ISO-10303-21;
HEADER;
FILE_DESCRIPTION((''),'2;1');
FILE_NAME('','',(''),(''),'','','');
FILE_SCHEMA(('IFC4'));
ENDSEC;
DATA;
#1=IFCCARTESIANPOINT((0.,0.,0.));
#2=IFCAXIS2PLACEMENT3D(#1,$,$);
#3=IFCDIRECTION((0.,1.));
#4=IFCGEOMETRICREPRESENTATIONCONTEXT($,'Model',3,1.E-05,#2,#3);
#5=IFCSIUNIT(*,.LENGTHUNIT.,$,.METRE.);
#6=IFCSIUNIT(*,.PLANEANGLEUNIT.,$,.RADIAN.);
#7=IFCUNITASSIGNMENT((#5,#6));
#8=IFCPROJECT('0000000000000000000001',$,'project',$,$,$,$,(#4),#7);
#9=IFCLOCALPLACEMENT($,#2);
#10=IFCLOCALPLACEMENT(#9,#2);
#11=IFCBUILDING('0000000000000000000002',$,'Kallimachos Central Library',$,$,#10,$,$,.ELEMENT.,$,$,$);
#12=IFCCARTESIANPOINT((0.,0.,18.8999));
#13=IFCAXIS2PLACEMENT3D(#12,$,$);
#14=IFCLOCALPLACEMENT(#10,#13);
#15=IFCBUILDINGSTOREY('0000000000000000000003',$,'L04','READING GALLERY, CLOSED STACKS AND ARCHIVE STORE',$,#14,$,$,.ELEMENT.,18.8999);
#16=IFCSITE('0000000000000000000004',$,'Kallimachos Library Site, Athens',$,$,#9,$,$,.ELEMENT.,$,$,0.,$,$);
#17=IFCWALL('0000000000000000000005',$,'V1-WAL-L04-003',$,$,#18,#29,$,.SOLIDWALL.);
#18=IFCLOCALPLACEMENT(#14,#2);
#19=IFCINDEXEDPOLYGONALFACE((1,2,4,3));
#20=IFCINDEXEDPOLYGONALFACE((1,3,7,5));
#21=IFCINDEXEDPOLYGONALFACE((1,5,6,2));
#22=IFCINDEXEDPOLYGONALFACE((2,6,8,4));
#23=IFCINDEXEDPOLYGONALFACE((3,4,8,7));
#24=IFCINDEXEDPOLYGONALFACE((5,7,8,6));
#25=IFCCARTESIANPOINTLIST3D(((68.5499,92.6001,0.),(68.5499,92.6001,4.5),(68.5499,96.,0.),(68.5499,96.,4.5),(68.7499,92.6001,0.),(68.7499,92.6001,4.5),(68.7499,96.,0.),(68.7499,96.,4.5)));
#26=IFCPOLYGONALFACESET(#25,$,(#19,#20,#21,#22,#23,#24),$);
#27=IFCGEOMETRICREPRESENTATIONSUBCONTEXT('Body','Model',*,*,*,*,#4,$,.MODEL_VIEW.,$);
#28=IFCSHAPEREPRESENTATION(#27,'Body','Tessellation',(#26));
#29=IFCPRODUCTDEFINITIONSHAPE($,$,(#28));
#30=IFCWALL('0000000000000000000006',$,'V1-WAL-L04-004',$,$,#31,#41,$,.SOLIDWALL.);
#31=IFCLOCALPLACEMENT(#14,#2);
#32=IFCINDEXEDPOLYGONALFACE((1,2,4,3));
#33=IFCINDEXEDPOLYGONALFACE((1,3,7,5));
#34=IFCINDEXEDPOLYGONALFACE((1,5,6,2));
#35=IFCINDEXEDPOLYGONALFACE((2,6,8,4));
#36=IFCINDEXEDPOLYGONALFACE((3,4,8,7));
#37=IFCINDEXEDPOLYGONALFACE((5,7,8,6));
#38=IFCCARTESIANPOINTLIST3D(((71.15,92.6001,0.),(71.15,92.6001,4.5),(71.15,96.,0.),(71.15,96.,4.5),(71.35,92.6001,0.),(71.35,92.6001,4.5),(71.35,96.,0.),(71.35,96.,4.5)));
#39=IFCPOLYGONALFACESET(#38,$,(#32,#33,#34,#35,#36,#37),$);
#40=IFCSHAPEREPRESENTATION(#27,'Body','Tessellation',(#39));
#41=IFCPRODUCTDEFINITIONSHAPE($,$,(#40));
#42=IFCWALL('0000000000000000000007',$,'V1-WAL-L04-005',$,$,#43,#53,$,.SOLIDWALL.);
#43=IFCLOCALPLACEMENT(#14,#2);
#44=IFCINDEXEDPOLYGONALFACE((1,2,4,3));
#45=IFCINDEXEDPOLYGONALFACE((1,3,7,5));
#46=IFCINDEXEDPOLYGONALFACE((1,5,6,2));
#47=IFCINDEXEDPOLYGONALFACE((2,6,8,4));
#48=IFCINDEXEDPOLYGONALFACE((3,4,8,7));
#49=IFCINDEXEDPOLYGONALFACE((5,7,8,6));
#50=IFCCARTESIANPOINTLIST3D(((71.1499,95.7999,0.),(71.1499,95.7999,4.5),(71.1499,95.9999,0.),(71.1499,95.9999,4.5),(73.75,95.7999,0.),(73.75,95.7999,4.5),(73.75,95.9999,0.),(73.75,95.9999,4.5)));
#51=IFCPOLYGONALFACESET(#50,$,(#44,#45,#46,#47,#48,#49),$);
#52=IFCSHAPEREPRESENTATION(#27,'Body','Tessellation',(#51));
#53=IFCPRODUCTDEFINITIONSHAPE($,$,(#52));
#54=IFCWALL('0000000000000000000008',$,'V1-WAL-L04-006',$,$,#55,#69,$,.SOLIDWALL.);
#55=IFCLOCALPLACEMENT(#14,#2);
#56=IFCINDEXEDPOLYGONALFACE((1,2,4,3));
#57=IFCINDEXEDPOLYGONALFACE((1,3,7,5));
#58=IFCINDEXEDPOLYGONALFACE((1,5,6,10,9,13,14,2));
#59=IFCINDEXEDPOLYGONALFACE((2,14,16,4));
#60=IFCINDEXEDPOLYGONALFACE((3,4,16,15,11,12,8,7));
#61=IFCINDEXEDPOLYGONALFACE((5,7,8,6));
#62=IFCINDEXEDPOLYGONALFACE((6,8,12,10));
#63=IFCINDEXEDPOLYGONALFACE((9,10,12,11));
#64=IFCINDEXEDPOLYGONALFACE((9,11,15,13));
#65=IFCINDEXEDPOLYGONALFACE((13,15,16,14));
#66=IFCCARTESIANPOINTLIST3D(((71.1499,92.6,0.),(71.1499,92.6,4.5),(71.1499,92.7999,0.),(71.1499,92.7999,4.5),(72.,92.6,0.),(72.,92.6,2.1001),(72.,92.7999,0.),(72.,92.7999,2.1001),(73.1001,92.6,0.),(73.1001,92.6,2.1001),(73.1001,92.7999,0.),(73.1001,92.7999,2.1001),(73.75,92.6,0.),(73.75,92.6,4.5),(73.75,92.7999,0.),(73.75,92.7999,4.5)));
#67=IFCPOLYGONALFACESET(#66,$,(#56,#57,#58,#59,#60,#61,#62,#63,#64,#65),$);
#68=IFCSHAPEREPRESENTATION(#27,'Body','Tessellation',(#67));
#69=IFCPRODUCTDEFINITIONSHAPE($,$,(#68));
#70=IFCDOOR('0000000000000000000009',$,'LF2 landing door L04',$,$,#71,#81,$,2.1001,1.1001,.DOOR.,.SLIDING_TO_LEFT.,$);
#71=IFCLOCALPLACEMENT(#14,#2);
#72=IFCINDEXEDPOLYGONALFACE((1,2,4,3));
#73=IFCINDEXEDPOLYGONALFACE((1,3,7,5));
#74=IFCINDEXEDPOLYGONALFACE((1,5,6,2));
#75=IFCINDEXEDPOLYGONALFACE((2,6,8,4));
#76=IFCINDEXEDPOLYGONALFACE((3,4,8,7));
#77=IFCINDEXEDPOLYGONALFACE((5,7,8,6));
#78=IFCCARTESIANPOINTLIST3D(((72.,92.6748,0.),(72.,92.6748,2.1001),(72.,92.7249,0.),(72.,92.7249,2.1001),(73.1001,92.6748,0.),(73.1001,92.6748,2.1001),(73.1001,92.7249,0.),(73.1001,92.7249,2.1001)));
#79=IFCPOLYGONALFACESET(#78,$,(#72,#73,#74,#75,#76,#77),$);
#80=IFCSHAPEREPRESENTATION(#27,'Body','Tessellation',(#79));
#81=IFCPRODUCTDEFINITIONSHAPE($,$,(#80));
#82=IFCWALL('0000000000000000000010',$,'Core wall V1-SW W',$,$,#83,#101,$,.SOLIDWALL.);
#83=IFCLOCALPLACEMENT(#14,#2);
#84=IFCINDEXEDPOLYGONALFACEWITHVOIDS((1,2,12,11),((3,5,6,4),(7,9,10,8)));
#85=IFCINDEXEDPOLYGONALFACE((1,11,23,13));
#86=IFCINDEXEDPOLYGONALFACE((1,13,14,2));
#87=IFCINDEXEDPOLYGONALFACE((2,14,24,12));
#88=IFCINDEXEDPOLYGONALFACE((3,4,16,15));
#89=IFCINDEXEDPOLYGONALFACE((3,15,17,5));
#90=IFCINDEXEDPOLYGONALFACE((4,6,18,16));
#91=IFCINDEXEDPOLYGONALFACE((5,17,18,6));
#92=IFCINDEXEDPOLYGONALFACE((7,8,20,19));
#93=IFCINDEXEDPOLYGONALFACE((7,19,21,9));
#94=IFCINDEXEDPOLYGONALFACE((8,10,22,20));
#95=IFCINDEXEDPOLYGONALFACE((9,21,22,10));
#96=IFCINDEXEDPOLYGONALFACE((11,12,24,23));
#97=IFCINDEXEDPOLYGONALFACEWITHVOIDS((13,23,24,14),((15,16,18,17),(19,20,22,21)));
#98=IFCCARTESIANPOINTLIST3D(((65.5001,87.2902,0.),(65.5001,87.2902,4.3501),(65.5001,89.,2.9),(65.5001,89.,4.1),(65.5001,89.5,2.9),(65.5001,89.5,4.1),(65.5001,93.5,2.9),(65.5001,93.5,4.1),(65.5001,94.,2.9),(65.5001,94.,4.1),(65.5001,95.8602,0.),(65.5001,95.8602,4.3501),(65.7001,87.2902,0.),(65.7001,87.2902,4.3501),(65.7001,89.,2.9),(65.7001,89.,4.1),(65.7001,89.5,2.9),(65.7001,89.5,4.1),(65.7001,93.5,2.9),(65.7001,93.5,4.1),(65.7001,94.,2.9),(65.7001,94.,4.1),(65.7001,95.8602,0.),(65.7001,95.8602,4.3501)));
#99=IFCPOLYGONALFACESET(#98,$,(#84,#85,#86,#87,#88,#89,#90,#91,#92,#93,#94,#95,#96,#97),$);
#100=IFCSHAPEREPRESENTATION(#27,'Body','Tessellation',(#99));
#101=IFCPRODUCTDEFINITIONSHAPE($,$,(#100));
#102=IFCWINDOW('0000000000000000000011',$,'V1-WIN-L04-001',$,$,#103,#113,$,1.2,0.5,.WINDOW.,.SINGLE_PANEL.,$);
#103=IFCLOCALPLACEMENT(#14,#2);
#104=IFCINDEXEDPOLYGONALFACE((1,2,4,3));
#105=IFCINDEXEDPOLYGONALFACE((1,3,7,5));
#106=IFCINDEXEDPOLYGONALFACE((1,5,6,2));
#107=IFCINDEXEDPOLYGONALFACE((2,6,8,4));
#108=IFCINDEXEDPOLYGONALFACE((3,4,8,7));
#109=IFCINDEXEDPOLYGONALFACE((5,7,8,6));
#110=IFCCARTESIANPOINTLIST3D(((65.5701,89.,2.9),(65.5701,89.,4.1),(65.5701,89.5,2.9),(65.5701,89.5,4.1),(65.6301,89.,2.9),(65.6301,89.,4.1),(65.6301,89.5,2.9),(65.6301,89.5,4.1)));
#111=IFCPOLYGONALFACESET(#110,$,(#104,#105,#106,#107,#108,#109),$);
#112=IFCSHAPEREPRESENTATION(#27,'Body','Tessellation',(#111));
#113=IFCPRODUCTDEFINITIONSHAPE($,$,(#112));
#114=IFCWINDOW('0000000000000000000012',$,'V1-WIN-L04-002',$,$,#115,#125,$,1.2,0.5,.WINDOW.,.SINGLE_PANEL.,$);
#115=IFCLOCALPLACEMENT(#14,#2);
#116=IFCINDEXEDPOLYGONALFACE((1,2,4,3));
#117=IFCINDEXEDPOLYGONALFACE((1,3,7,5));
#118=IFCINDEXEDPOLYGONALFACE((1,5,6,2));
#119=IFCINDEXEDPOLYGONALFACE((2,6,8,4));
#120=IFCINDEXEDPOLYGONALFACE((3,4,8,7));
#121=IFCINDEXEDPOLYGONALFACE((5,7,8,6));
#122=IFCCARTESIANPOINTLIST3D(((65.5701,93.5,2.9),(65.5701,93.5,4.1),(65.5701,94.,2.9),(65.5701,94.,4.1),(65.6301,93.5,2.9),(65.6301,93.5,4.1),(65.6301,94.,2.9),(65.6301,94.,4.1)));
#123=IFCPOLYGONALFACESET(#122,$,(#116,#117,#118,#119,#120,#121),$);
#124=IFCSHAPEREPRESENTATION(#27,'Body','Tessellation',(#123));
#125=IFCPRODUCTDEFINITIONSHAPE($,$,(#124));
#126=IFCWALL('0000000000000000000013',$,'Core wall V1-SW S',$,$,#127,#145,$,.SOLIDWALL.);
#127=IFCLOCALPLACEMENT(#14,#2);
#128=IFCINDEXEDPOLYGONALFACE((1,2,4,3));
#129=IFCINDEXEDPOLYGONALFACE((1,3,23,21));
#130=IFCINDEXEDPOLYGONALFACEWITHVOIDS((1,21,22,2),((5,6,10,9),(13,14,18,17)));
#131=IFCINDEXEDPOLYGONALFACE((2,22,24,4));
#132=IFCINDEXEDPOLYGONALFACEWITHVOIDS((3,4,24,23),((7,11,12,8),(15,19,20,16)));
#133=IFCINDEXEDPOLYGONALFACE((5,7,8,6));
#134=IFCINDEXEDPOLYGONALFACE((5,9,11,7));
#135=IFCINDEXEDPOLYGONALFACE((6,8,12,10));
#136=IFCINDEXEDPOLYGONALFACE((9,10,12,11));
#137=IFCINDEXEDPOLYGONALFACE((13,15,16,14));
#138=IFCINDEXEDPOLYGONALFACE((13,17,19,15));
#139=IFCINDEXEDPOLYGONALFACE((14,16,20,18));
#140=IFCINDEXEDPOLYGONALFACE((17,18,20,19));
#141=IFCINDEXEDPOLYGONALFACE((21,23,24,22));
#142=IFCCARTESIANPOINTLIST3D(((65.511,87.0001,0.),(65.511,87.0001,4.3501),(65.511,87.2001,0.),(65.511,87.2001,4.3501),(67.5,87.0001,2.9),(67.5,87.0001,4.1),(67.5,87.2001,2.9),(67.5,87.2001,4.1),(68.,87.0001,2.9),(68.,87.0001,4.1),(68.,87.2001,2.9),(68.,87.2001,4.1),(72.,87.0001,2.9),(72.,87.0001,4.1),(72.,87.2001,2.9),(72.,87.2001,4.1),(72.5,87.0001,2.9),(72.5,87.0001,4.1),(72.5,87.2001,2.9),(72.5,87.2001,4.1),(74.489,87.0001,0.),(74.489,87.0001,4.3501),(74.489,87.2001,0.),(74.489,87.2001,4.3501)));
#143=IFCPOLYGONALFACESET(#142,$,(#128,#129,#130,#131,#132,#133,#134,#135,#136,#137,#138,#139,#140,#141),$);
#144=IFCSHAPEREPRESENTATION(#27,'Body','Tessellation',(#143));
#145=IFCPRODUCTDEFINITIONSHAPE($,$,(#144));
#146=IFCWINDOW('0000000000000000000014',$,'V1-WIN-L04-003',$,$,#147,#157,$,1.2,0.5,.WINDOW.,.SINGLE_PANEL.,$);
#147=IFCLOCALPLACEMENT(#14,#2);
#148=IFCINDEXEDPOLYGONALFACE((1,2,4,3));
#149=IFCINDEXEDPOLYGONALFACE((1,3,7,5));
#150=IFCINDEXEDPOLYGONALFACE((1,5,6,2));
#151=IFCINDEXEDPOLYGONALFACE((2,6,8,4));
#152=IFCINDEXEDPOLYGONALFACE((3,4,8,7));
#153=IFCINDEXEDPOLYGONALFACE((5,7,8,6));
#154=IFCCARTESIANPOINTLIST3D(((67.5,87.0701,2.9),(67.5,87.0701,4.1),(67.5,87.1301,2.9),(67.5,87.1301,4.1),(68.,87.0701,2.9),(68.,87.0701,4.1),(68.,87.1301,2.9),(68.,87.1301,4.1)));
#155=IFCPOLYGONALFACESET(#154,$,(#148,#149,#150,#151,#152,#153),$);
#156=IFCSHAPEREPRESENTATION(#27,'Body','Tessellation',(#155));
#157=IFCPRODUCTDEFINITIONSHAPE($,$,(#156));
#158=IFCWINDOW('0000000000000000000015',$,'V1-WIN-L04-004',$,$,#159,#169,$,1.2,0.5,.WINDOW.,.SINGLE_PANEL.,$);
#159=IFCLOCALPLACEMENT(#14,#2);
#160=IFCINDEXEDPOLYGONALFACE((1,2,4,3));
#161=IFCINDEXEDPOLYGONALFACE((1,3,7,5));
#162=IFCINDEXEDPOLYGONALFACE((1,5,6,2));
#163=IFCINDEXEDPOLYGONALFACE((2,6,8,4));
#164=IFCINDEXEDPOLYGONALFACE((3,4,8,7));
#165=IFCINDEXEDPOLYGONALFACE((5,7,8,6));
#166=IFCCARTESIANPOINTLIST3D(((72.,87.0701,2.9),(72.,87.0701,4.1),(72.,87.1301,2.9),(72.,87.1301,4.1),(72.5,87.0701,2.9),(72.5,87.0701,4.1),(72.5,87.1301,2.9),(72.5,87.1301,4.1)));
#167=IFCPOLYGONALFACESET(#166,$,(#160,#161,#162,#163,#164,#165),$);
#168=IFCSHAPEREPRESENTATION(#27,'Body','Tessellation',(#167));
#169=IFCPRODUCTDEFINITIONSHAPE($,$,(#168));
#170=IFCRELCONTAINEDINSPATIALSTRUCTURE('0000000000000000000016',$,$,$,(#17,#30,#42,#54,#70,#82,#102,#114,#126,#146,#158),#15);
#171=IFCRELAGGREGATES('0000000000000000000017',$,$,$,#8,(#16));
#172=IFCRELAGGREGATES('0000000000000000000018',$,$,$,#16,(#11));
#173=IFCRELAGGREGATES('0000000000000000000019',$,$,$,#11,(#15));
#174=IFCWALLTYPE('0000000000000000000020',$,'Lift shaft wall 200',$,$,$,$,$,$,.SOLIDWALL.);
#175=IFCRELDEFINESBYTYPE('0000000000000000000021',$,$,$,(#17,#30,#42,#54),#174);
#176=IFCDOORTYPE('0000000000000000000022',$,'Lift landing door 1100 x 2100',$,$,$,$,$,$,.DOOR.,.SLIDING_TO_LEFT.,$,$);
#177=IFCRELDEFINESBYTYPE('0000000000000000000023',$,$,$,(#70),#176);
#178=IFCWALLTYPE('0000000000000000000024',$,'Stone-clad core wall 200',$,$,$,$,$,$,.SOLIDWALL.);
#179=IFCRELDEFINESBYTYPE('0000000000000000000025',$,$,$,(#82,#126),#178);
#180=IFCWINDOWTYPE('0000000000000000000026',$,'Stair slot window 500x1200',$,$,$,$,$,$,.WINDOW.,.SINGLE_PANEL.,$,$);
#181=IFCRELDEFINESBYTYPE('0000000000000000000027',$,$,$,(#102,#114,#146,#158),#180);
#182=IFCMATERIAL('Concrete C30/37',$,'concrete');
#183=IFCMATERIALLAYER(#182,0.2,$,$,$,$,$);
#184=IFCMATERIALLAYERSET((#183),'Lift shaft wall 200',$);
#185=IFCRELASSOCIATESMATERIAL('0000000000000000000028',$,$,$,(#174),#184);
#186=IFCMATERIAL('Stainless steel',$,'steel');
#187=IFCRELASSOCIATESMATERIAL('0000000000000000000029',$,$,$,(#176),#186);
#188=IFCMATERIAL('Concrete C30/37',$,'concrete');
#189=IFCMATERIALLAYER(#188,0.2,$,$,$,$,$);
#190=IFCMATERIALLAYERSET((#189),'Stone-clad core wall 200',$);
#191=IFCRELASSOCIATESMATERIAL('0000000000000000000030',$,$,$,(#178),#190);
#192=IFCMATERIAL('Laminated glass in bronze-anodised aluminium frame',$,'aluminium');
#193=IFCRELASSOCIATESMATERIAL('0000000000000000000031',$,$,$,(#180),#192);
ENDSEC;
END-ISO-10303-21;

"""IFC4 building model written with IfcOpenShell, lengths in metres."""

from ifc_helpers import new_model, si_unit, direction, frame, frame_2d, origin, place, context, subcontext, project, spatial, rectangle, extrude, material, layer, layer_set, type_object, element, fill, save


model = new_model("IFC4")

# Units and contexts
model_context = context("Model", 3, precision=1e-05, world=origin(), true_north=direction((0.0, 1.0)))
body_context = subcontext(model_context, "Body", "Model", "MODEL_VIEW")
ifc_project = project(units=[si_unit("LENGTHUNIT", "METRE"), si_unit("PLANEANGLEUNIT", "RADIAN")], contexts=[model_context])

# Site, building, storey
site_placement = place(None, origin())
site = spatial("IfcSite", under=ifc_project, at=site_placement, Name="Kallimachos Library Site, Athens", CompositionType="ELEMENT", RefElevation=0.0)
building_placement = place(site_placement, origin())
building = spatial("IfcBuilding", under=site, at=building_placement, Name="Kallimachos Central Library", CompositionType="ELEMENT")
storey_placement = place(building_placement, frame((0.0, 0.0, 18.8999)))
storey = spatial("IfcBuildingStorey", under=building, at=storey_placement, Name="L04", Description="READING GALLERY, CLOSED STACKS AND ARCHIVE STORE", CompositionType="ELEMENT", Elevation=18.8999)

# Shared definitions
ifc_material_1 = material(Name="Concrete C30/37", Category="concrete")
ifc_layer_1 = layer(ifc_material_1, 0.2)
ifc_layer_set_1 = layer_set([ifc_layer_1], Name="Lift shaft wall 200")
wall_type_1 = type_object("IfcWallType", Name="Lift shaft wall 200", PredefinedType="SOLIDWALL", material=ifc_layer_set_1)

# Shared definitions
ifc_material_2 = material(Name="Stainless steel", Category="steel")
door_type = type_object("IfcDoorType", Name="Lift landing door 1100 x 2100", OperationType="SLIDING_TO_LEFT", PredefinedType="DOOR", material=ifc_material_2)

# Walls
for number, where, z_axis, x_axis, name in (
    (1, (68.6499, 92.6001, 0.0), (0.0, 0.0, 1.0), (0.0, 1.0, 0.0), "V1-WAL-L04-003"),
    (2, (71.25, 92.6001, 0.0), (0.0, 0.0, 1.0), (0.0, 1.0, 0.0), "V1-WAL-L04-004"),
):
    element("IfcWall", number, at=place(storey_placement, frame(where, z_axis=z_axis, x_axis=x_axis)), inside=storey, type_object=wall_type_1, Name=name, PredefinedType="SOLIDWALL", context=body_context, shape_type="SweptSolid", body=[
        extrude(rectangle(XDim=3.3999, YDim=0.2, at=frame_2d((1.7, 0.0))), origin(), (0.0, 0.0, 1.0), 4.5),
    ])
wall_1_placement = place(storey_placement, frame((71.1499, 95.8999, 0.0), z_axis=(0.0, 0.0, 1.0), x_axis=(1.0, 0.0, 0.0)))
element("IfcWall", 3, at=wall_1_placement, inside=storey, type_object=wall_type_1, Name="V1-WAL-L04-005", PredefinedType="SOLIDWALL", context=body_context, shape_type="SweptSolid", body=[
    extrude(rectangle(XDim=2.6001, YDim=0.2, at=frame_2d((1.3, 0.0))), origin(), (0.0, 0.0, 1.0), 4.5),
])

# Wall, opening, door
wall_2_placement = place(storey_placement, frame((71.1499, 92.7, 0.0), z_axis=(0.0, 0.0, 1.0), x_axis=(1.0, 0.0, 0.0)))
wall_2 = element("IfcWall", 4, at=wall_2_placement, inside=storey, type_object=wall_type_1, Name="V1-WAL-L04-006", PredefinedType="SOLIDWALL", context=body_context, shape_type="SweptSolid", body=[
    extrude(rectangle(XDim=2.6001, YDim=0.2, at=frame_2d((1.3, 0.0))), origin(), (0.0, 0.0, 1.0), 4.5),
])
opening_1_placement = place(wall_2_placement, frame((0.8501, 0.0, 0.0)))
opening_1 = element("IfcOpeningElement", 5, at=opening_1_placement, cuts=wall_2, PredefinedType="OPENING", context=body_context, shape_type="SweptSolid", body=[
    extrude(rectangle(XDim=1.1001, YDim=2.1001, at=frame_2d((0.55, 1.05))), frame((0.0, 0.1099, 0.0), z_axis=(0.0, -1.0, 0.0), x_axis=(1.0, 0.0, 0.0)), (0.0, 0.0, 1.0), 0.22),
])
door_1_placement = place(opening_1_placement, origin())
door_1 = element("IfcDoor", 6, at=door_1_placement, inside=storey, type_object=door_type, Name="LF2 landing door L04", OperationType="SLIDING_TO_LEFT", OverallHeight=2.1001, OverallWidth=1.1001, PredefinedType="DOOR", context=body_context, shape_type="SweptSolid", body=[
    extrude(rectangle(XDim=1.1001, YDim=2.1001, at=frame_2d((0.55, 1.05))), frame((0.0, 0.0249, 0.0), z_axis=(0.0, -1.0, 0.0), x_axis=(1.0, 0.0, 0.0)), (0.0, 0.0, 1.0), 0.05),
])
fill(opening_1, door_1)

# Walls, openings, windows
ifc_material_3 = material(Name="Concrete C30/37", Category="concrete")
ifc_layer_2 = layer(ifc_material_3, 0.2)
ifc_layer_set_2 = layer_set([ifc_layer_2], Name="Stone-clad core wall 200")
wall_type_2 = type_object("IfcWallType", Name="Stone-clad core wall 200", PredefinedType="SOLIDWALL", material=ifc_layer_set_2)
wall_3_placement = place(storey_placement, frame((65.6001, 87.29, 0.0), z_axis=(0.0, 0.0, 1.0), x_axis=(0.0, 1.0, 0.0)))
wall_3 = element("IfcWall", 7, at=wall_3_placement, inside=storey, type_object=wall_type_2, Name="Core wall V1-SW W", PredefinedType="SOLIDWALL", context=body_context, shape_type="SweptSolid", body=[
    extrude(rectangle(XDim=8.5701, YDim=0.2, at=frame_2d((4.2852, 0.0))), origin(), (0.0, 0.0, 1.0), 4.3501),
])
opening_2_placement = place(wall_3_placement, frame((1.71, 0.0, 2.8999)))
opening_2 = element("IfcOpeningElement", 8, at=opening_2_placement, cuts=wall_3, PredefinedType="OPENING", context=body_context, shape_type="SweptSolid", body=[
    extrude(rectangle(XDim=0.5, YDim=1.2, at=frame_2d((0.25, 0.6001))), frame((0.0, 0.1099, 0.0), z_axis=(0.0, -1.0, 0.0), x_axis=(1.0, 0.0, 0.0)), (0.0, 0.0, 1.0), 0.22),
])
opening_3_placement = place(wall_3_placement, frame((6.21, 0.0, 2.8999)))
opening_3 = element("IfcOpeningElement", 9, at=opening_3_placement, cuts=wall_3, PredefinedType="OPENING", context=body_context, shape_type="SweptSolid", body=[
    extrude(rectangle(XDim=0.5, YDim=1.2, at=frame_2d((0.25, 0.6001))), frame((0.0, 0.1099, 0.0), z_axis=(0.0, -1.0, 0.0), x_axis=(1.0, 0.0, 0.0)), (0.0, 0.0, 1.0), 0.22),
])
ifc_material_4 = material(Name="Laminated glass in bronze-anodised aluminium frame", Category="aluminium")
window_type = type_object("IfcWindowType", Name="Stair slot window 500x1200", PartitioningType="SINGLE_PANEL", PredefinedType="WINDOW", material=ifc_material_4)
window_1_placement = place(opening_2_placement, origin())
window_1 = element("IfcWindow", 10, at=window_1_placement, inside=storey, type_object=window_type, Name="V1-WIN-L04-001", OverallHeight=1.2, OverallWidth=0.5, PartitioningType="SINGLE_PANEL", PredefinedType="WINDOW", context=body_context, shape_type="SweptSolid", body=[
    extrude(rectangle(XDim=0.5, YDim=1.2, at=frame_2d((0.25, 0.6001))), frame((0.0, 0.03, 0.0), z_axis=(0.0, -1.0, 0.0), x_axis=(1.0, 0.0, 0.0)), (0.0, 0.0, 1.0), 0.0601),
])
fill(opening_2, window_1)
window_2_placement = place(opening_3_placement, origin())
window_2 = element("IfcWindow", 11, at=window_2_placement, inside=storey, type_object=window_type, Name="V1-WIN-L04-002", OverallHeight=1.2, OverallWidth=0.5, PartitioningType="SINGLE_PANEL", PredefinedType="WINDOW", context=body_context, shape_type="SweptSolid", body=[
    extrude(rectangle(XDim=0.5, YDim=1.2, at=frame_2d((0.25, 0.6001))), frame((0.0, 0.03, 0.0), z_axis=(0.0, -1.0, 0.0), x_axis=(1.0, 0.0, 0.0)), (0.0, 0.0, 1.0), 0.0601),
])
fill(opening_3, window_2)
wall_4_placement = place(storey_placement, frame((65.511, 87.1001, 0.0), z_axis=(0.0, 0.0, 1.0), x_axis=(1.0, 0.0, 0.0)))
wall_4 = element("IfcWall", 12, at=wall_4_placement, inside=storey, type_object=wall_type_2, Name="Core wall V1-SW S", PredefinedType="SOLIDWALL", context=body_context, shape_type="SweptSolid", body=[
    extrude(rectangle(XDim=8.978, YDim=0.2, at=frame_2d((4.489, 0.0))), origin(), (0.0, 0.0, 1.0), 4.3501),
])
opening_4_placement = place(wall_4_placement, frame((1.989, 0.0, 2.8999)))
opening_4 = element("IfcOpeningElement", 13, at=opening_4_placement, cuts=wall_4, PredefinedType="OPENING", context=body_context, shape_type="SweptSolid", body=[
    extrude(rectangle(XDim=0.5, YDim=1.2, at=frame_2d((0.25, 0.6001))), frame((0.0, 0.1099, 0.0), z_axis=(0.0, -1.0, 0.0), x_axis=(1.0, 0.0, 0.0)), (0.0, 0.0, 1.0), 0.22),
])
opening_5_placement = place(wall_4_placement, frame((6.489, 0.0, 2.8999)))
opening_5 = element("IfcOpeningElement", 14, at=opening_5_placement, cuts=wall_4, PredefinedType="OPENING", context=body_context, shape_type="SweptSolid", body=[
    extrude(rectangle(XDim=0.5, YDim=1.2, at=frame_2d((0.25, 0.6001))), frame((0.0, 0.1099, 0.0), z_axis=(0.0, -1.0, 0.0), x_axis=(1.0, 0.0, 0.0)), (0.0, 0.0, 1.0), 0.22),
])
window_3_placement = place(opening_4_placement, origin())
window_3 = element("IfcWindow", 15, at=window_3_placement, inside=storey, type_object=window_type, Name="V1-WIN-L04-003", OverallHeight=1.2, OverallWidth=0.5, PartitioningType="SINGLE_PANEL", PredefinedType="WINDOW", context=body_context, shape_type="SweptSolid", body=[
    extrude(rectangle(XDim=0.5, YDim=1.2, at=frame_2d((0.25, 0.6001))), frame((0.0, 0.03, 0.0), z_axis=(0.0, -1.0, 0.0), x_axis=(1.0, 0.0, 0.0)), (0.0, 0.0, 1.0), 0.0601),
])
fill(opening_4, window_3)
window_4_placement = place(opening_5_placement, origin())
window_4 = element("IfcWindow", 16, at=window_4_placement, inside=storey, type_object=window_type, Name="V1-WIN-L04-004", OverallHeight=1.2, OverallWidth=0.5, PartitioningType="SINGLE_PANEL", PredefinedType="WINDOW", context=body_context, shape_type="SweptSolid", body=[
    extrude(rectangle(XDim=0.5, YDim=1.2, at=frame_2d((0.25, 0.6001))), frame((0.0, 0.03, 0.0), z_axis=(0.0, -1.0, 0.0), x_axis=(1.0, 0.0, 0.0)), (0.0, 0.0, 1.0), 0.0601),
])
fill(opening_5, window_4)

save(model, "model.ifc")
